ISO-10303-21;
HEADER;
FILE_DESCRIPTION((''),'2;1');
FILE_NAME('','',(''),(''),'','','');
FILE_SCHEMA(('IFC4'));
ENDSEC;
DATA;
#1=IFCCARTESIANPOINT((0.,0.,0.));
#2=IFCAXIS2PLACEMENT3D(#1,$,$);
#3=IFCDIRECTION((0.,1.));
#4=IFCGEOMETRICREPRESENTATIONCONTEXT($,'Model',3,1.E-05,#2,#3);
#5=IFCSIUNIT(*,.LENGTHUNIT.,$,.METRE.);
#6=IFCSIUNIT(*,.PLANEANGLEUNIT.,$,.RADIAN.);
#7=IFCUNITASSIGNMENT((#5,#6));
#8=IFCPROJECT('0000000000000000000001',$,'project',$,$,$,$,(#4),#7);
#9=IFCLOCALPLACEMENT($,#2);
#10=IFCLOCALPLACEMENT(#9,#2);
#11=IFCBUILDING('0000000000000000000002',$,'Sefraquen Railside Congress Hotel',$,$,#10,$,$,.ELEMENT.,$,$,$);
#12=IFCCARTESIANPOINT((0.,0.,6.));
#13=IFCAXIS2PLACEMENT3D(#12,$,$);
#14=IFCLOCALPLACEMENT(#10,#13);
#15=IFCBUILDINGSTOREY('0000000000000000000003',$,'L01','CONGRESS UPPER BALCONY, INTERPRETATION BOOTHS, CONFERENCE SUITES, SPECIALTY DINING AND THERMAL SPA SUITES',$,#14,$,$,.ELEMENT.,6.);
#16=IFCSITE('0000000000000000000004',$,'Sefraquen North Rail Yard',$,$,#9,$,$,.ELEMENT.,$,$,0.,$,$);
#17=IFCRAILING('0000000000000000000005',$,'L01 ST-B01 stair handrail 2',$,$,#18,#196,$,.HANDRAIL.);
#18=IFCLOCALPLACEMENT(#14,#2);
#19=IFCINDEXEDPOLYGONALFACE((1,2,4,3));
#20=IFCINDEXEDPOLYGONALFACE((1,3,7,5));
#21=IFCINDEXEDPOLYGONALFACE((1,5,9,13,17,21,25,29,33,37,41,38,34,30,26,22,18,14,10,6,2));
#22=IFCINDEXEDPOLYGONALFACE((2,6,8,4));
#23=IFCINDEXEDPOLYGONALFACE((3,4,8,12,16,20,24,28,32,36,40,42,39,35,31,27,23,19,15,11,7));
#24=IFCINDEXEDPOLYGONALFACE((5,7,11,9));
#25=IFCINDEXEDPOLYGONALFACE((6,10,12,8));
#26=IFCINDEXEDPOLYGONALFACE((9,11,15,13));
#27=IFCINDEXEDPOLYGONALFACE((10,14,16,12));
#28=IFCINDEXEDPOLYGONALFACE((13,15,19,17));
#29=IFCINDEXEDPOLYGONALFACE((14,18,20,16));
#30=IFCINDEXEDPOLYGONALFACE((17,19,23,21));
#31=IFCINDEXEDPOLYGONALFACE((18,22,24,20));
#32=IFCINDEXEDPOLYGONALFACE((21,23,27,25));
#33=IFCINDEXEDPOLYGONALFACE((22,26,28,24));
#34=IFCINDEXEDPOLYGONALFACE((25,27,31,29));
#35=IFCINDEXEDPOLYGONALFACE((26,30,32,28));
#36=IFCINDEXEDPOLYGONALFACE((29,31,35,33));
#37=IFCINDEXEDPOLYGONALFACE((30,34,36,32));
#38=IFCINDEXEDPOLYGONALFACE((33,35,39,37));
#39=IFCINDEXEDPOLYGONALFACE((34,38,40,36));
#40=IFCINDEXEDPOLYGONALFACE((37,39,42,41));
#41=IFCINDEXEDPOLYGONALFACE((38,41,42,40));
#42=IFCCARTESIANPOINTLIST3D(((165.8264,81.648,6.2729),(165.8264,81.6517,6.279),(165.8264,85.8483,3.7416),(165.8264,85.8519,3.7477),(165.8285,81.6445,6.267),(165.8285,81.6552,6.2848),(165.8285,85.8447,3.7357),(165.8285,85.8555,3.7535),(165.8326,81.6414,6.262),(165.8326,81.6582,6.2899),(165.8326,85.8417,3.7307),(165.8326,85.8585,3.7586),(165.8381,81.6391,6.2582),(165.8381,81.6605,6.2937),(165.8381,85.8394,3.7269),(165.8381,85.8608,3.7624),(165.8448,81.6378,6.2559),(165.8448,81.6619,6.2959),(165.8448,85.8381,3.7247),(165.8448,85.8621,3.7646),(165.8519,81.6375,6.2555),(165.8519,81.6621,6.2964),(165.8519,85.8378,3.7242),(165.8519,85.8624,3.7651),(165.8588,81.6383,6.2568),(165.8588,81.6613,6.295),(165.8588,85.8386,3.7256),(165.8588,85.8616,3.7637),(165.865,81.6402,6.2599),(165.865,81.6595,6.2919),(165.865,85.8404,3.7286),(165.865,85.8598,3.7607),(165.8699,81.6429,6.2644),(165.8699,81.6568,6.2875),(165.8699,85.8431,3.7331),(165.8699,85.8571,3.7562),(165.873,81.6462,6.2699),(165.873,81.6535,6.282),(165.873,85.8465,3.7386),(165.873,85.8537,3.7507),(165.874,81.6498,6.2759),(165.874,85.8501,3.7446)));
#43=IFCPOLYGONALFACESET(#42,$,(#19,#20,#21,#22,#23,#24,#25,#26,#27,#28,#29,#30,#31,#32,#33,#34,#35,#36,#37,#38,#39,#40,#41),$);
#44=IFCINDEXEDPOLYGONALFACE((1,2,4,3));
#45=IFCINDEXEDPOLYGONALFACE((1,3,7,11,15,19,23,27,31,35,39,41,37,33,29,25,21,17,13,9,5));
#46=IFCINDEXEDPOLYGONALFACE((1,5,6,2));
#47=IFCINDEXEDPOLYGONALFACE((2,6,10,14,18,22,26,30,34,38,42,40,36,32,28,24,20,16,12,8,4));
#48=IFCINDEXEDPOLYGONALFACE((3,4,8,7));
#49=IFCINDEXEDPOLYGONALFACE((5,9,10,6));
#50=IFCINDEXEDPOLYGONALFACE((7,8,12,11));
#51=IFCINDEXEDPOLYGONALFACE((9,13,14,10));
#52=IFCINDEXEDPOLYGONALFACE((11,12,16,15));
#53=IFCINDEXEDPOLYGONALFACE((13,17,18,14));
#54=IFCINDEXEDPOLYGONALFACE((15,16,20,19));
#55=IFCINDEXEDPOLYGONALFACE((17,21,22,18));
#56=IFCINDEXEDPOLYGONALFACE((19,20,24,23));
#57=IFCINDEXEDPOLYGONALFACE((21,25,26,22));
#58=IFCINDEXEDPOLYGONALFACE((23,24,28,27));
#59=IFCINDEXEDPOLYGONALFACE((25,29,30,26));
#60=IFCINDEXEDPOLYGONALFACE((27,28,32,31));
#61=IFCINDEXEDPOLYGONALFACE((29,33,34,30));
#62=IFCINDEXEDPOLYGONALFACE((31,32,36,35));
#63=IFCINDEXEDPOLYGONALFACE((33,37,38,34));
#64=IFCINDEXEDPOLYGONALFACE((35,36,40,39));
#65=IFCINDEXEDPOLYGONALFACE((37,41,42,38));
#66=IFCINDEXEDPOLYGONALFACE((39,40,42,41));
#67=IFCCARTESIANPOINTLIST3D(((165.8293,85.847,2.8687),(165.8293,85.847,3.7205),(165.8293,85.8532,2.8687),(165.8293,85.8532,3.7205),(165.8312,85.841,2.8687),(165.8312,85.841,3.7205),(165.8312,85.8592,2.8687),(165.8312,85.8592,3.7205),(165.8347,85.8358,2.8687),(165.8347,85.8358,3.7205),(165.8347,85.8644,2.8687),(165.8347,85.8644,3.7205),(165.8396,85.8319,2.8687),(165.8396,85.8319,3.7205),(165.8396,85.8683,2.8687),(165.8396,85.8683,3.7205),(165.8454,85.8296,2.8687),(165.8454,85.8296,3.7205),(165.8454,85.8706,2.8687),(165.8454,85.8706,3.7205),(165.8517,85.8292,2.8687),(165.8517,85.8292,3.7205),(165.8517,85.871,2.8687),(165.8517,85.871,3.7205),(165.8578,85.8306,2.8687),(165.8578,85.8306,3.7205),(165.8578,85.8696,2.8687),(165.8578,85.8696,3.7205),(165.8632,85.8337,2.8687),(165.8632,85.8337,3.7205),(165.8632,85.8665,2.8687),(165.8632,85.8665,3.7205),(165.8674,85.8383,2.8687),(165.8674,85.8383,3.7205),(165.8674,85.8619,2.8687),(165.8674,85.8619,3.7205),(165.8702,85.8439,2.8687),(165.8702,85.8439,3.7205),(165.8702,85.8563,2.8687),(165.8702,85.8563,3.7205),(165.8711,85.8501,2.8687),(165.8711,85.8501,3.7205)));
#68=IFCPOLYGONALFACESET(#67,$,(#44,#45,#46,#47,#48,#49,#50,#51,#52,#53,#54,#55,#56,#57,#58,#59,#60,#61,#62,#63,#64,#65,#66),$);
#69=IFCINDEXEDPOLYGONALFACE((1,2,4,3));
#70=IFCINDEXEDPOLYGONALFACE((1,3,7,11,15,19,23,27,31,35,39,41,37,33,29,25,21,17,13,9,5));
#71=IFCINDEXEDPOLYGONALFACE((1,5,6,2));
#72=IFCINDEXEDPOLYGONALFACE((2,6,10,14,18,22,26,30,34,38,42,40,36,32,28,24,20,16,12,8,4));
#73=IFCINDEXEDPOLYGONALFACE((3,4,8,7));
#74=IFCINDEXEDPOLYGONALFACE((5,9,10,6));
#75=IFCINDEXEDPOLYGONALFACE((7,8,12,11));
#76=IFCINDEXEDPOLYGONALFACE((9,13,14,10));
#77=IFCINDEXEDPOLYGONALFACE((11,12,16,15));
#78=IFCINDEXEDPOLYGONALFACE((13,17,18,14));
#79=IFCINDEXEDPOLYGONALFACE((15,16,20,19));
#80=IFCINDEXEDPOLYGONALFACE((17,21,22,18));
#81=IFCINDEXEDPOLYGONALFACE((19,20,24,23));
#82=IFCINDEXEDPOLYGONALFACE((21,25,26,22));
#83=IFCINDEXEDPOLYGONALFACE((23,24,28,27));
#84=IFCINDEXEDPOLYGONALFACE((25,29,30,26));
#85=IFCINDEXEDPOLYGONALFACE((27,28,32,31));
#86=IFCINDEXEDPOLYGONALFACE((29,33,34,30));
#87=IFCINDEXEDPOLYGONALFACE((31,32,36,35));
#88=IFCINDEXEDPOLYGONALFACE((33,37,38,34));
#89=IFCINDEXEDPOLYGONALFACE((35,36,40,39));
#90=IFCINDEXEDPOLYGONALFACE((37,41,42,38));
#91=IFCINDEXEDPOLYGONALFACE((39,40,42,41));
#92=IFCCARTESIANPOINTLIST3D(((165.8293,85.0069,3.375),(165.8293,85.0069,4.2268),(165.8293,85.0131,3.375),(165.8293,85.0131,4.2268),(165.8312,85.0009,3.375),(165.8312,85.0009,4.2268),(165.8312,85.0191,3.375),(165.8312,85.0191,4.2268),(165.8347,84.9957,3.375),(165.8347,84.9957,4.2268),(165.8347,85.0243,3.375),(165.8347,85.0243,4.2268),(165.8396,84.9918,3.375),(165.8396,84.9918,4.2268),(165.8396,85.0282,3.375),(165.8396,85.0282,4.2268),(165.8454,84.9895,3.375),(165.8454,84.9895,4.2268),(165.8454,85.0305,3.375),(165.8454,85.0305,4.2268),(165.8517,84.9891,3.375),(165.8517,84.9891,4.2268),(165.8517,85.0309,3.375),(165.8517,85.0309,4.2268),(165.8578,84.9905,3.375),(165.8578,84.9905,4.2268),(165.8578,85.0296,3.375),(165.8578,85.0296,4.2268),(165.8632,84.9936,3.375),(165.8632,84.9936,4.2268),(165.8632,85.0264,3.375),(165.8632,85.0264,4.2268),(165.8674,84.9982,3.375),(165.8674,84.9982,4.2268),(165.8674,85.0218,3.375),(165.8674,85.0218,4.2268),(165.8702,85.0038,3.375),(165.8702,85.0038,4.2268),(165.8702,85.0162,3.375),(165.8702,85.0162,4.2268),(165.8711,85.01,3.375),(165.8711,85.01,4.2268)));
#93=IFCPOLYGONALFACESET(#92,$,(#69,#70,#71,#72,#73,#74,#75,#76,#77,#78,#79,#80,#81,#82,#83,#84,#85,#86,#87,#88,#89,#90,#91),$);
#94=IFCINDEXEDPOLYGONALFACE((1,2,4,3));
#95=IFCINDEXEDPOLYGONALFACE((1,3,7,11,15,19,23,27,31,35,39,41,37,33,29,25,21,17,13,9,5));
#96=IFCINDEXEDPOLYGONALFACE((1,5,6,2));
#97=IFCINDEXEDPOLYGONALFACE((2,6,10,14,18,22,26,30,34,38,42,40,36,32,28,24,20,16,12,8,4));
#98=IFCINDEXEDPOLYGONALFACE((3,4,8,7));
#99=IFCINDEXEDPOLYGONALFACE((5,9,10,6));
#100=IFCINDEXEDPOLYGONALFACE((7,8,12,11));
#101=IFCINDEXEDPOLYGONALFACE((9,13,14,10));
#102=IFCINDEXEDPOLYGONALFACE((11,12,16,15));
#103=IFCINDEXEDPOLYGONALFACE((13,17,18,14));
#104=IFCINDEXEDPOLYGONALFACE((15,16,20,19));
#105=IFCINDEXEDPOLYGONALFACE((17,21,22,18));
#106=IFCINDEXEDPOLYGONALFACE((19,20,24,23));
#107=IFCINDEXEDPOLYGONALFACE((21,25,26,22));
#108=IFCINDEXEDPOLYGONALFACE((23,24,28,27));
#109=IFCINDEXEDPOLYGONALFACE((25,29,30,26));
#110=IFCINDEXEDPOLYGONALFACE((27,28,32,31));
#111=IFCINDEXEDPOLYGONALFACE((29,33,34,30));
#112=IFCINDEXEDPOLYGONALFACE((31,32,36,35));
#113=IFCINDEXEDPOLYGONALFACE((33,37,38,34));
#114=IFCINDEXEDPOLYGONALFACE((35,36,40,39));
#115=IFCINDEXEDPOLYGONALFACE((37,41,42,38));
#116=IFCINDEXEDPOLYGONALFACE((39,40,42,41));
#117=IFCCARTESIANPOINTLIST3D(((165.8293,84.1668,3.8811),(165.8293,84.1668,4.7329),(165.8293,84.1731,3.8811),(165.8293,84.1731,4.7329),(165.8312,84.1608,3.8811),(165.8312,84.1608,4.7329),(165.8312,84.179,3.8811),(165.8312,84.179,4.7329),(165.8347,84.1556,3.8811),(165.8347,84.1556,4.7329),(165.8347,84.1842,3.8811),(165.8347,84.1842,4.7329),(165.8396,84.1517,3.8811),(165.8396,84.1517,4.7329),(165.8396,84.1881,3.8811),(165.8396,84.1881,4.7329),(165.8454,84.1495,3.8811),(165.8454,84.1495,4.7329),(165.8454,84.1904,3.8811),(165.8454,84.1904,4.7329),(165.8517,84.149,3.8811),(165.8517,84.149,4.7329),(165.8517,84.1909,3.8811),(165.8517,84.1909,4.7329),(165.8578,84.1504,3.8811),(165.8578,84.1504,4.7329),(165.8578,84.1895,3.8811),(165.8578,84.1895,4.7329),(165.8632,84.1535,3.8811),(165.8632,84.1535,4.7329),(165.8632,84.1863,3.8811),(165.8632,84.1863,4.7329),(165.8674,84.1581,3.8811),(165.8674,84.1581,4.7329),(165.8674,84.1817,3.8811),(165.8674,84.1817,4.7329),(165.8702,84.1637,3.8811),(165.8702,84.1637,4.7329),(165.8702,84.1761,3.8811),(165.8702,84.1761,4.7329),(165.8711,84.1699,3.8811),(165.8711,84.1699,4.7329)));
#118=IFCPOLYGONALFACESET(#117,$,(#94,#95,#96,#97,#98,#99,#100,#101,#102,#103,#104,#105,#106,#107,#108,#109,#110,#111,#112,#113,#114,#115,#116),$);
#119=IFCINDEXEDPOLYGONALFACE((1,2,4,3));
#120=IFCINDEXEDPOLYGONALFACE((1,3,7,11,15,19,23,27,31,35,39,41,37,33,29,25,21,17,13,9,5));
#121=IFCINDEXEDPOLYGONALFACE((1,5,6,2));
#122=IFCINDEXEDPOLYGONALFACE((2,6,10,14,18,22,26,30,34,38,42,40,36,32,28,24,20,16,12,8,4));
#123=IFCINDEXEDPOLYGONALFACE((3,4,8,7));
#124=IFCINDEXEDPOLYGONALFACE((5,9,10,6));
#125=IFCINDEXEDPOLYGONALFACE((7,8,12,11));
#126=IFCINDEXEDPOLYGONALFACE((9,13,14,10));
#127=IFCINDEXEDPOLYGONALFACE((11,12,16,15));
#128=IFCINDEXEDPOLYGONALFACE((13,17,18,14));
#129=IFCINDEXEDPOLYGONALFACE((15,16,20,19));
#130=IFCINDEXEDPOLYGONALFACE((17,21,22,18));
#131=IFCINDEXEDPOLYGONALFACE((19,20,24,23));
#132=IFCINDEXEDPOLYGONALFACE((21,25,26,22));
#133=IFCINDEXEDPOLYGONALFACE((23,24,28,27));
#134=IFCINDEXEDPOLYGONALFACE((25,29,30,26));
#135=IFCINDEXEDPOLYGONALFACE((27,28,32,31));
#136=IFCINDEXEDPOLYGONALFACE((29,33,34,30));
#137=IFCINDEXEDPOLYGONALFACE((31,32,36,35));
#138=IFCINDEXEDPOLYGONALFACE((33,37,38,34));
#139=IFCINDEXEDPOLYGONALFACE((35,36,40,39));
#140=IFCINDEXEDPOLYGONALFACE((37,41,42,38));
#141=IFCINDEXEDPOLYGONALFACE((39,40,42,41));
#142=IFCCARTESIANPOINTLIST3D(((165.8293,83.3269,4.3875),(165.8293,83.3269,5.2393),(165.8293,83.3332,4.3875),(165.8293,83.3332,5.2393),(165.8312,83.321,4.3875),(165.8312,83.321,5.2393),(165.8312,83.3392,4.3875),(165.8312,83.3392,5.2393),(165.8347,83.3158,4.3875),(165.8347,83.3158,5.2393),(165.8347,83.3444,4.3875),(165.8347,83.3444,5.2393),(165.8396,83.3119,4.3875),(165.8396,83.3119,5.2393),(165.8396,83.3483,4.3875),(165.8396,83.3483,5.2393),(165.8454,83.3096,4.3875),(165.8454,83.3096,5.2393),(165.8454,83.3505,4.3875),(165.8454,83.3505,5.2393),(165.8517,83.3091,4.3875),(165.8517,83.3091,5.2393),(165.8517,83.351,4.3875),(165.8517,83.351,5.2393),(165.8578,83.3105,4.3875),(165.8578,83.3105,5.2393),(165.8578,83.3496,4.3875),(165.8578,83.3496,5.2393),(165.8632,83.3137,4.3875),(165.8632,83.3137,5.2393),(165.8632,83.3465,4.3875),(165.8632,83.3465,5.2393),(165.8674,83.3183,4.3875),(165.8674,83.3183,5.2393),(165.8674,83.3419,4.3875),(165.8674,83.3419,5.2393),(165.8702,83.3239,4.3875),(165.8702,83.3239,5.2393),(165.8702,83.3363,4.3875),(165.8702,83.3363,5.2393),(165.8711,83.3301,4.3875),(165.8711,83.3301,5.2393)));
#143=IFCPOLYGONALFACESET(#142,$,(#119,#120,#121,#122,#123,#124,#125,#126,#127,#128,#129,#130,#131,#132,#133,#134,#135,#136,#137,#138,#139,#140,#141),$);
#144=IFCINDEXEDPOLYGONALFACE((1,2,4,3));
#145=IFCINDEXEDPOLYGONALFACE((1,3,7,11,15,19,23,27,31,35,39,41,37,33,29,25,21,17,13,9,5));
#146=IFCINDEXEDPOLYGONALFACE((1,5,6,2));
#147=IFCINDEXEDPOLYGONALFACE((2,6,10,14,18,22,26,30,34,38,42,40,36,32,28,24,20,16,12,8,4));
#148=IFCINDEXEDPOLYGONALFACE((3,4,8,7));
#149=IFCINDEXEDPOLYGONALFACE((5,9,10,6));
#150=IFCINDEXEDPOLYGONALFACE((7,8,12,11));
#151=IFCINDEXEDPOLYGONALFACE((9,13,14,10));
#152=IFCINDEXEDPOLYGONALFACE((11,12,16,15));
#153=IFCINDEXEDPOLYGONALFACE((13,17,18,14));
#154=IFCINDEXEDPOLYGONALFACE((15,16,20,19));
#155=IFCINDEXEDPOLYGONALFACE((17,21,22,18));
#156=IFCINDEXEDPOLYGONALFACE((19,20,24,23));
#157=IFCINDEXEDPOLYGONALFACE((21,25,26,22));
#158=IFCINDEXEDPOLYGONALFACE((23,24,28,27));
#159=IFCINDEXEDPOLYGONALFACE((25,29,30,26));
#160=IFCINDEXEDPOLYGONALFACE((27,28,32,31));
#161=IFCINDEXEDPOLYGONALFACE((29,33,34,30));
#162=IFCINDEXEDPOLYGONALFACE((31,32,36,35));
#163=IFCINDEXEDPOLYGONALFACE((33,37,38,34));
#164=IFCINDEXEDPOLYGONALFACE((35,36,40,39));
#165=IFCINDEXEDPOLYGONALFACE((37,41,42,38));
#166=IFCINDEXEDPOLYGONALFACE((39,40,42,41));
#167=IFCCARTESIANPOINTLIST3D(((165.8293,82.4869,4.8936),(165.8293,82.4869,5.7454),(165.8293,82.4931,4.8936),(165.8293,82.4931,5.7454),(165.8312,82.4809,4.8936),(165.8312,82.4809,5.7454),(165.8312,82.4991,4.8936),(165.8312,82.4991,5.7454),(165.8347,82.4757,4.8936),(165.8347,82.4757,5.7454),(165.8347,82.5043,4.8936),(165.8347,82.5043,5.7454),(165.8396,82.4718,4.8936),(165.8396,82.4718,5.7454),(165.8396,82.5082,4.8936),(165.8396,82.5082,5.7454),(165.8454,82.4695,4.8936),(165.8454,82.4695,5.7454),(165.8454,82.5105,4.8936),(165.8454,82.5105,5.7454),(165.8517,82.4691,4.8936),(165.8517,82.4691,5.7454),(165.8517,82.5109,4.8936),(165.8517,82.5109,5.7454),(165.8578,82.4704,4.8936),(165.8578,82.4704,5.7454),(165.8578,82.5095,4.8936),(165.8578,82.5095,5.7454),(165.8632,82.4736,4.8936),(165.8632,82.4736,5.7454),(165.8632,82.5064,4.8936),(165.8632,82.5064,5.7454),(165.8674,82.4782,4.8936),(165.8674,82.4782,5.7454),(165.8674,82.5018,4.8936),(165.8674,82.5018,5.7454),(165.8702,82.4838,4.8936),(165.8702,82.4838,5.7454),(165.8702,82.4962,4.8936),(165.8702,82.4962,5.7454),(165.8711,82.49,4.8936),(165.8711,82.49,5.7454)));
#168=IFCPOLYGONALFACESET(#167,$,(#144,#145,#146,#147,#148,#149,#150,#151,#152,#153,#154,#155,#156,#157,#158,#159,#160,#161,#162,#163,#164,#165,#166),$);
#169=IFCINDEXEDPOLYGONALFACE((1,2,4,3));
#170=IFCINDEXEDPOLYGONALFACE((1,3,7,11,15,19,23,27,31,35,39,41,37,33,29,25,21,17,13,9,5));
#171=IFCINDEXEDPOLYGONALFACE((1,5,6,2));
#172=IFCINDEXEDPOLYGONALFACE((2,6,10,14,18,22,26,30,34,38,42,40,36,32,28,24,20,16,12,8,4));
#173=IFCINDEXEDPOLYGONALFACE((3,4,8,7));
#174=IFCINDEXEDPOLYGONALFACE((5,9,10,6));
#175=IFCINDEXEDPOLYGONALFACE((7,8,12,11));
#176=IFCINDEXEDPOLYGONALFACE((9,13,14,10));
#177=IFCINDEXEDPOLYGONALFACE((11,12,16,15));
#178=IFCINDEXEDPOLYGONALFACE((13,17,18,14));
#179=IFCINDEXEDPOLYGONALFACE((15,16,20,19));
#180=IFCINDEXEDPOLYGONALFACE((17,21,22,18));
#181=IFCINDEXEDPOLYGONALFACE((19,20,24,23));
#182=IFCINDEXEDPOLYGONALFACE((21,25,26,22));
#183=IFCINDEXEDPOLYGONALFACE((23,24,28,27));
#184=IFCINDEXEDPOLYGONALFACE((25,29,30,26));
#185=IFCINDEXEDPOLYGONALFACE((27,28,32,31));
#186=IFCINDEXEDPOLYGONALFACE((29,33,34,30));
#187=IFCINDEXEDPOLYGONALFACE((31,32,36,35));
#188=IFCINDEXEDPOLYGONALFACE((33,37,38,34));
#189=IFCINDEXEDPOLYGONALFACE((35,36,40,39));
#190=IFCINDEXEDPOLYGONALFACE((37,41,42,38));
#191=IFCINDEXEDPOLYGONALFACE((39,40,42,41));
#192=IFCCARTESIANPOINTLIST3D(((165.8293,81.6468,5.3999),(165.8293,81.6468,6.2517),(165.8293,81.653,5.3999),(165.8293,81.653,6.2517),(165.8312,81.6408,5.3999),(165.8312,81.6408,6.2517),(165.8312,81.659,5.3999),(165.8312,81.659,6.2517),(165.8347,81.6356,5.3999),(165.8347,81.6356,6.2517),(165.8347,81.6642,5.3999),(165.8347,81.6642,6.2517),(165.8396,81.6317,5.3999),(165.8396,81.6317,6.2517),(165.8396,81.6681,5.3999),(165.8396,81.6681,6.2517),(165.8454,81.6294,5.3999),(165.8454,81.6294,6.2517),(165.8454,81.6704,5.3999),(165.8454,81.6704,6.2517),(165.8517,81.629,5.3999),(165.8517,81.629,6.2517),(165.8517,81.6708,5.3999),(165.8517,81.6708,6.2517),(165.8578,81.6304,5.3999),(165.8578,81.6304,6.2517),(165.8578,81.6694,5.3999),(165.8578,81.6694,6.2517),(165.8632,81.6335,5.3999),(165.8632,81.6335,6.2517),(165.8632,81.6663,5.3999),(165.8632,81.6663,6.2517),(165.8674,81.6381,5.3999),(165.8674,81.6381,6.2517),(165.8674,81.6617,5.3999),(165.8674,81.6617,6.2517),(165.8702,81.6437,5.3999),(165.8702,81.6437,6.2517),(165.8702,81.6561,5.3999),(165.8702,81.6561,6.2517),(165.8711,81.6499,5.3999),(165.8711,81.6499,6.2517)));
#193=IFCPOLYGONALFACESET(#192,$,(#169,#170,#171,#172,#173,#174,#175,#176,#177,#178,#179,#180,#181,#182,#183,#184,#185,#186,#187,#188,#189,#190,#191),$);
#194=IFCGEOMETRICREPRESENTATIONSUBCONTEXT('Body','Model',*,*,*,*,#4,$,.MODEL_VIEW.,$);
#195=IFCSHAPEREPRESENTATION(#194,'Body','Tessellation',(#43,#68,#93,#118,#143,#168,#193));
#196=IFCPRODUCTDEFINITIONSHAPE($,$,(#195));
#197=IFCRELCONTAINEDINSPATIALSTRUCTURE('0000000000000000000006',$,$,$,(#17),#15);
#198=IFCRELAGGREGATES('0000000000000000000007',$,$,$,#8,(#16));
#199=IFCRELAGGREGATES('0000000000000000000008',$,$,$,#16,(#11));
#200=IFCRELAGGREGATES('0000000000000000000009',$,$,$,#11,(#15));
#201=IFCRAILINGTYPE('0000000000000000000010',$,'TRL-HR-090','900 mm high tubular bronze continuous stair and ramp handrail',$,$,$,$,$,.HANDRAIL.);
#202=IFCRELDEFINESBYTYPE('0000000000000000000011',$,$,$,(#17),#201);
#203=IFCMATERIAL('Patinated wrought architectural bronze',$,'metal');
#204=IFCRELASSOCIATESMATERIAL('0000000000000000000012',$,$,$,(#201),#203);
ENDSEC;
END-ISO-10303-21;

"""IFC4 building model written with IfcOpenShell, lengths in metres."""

from ifc_helpers import new_model, si_unit, direction, frame, origin, origin_2d, place, context, subcontext, project, spatial, circle, extrude, material, type_object, element, save


model = new_model("IFC4")

# Units and contexts
model_context = context("Model", 3, precision=1e-05, world=origin(), true_north=direction((0.0, 1.0)))
body_context = subcontext(model_context, "Body", "Model", "MODEL_VIEW")
ifc_project = project(units=[si_unit("LENGTHUNIT", "METRE"), si_unit("PLANEANGLEUNIT", "RADIAN")], contexts=[model_context])

# Site, building, storey
site_placement = place(None, origin())
site = spatial("IfcSite", under=ifc_project, at=site_placement, Name="Sefraquen North Rail Yard", CompositionType="ELEMENT", RefElevation=0.0)
building_placement = place(site_placement, origin())
building = spatial("IfcBuilding", under=site, at=building_placement, Name="Sefraquen Railside Congress Hotel", CompositionType="ELEMENT")
storey_placement = place(building_placement, frame((0.0, 0.0, 6.0)))
storey = spatial("IfcBuildingStorey", under=building, at=storey_placement, Name="L01", Description="CONGRESS UPPER BALCONY, INTERPRETATION BOOTHS, CONFERENCE SUITES, SPECIALTY DINING AND THERMAL SPA SUITES", CompositionType="ELEMENT", Elevation=6.0)

# Railing
ifc_material_1 = material(Name="Patinated wrought architectural bronze", Category="metal")
railing_type_1 = type_object("IfcRailingType", Name="TRL-HR-090", Description="900 mm high tubular bronze continuous stair and ramp handrail", PredefinedType="HANDRAIL", material=ifc_material_1)
railing_1_placement = place(storey_placement, frame((165.8501, 85.8501, 2.8687)))
element("IfcRailing", 1, at=railing_1_placement, inside=storey, type_object=railing_type_1, Name="L01 ST-B01 stair handrail 2", PredefinedType="HANDRAIL", context=body_context, shape_type="SweptSolid", body=[
    extrude(circle(Radius=0.0239, at=origin_2d()), frame((0.0, 0.0, 0.876), z_axis=(0.0, -0.85649, 0.516164), x_axis=(1.0, 0.0, 0.0)), (0.0, 0.0, 1.0), 4.9041),
    extrude(circle(Radius=0.021, at=origin_2d()), origin(), (0.0, 0.0, 1.0), 0.8518),
    extrude(circle(Radius=0.021, at=origin_2d()), frame((0.0, -0.8401, 0.5063)), (0.0, 0.0, 1.0), 0.8518),
    extrude(circle(Radius=0.021, at=origin_2d()), frame((0.0, -1.6802, 1.0125)), (0.0, 0.0, 1.0), 0.8518),
    extrude(circle(Radius=0.021, at=origin_2d()), frame((0.0, -2.52, 1.5188)), (0.0, 0.0, 1.0), 0.8518),
    extrude(circle(Radius=0.021, at=origin_2d()), frame((0.0, -3.3601, 2.0249)), (0.0, 0.0, 1.0), 0.8518),
    extrude(circle(Radius=0.021, at=origin_2d()), frame((0.0, -4.2002, 2.5312)), (0.0, 0.0, 1.0), 0.8518),
])

save(model, "model.ifc")
